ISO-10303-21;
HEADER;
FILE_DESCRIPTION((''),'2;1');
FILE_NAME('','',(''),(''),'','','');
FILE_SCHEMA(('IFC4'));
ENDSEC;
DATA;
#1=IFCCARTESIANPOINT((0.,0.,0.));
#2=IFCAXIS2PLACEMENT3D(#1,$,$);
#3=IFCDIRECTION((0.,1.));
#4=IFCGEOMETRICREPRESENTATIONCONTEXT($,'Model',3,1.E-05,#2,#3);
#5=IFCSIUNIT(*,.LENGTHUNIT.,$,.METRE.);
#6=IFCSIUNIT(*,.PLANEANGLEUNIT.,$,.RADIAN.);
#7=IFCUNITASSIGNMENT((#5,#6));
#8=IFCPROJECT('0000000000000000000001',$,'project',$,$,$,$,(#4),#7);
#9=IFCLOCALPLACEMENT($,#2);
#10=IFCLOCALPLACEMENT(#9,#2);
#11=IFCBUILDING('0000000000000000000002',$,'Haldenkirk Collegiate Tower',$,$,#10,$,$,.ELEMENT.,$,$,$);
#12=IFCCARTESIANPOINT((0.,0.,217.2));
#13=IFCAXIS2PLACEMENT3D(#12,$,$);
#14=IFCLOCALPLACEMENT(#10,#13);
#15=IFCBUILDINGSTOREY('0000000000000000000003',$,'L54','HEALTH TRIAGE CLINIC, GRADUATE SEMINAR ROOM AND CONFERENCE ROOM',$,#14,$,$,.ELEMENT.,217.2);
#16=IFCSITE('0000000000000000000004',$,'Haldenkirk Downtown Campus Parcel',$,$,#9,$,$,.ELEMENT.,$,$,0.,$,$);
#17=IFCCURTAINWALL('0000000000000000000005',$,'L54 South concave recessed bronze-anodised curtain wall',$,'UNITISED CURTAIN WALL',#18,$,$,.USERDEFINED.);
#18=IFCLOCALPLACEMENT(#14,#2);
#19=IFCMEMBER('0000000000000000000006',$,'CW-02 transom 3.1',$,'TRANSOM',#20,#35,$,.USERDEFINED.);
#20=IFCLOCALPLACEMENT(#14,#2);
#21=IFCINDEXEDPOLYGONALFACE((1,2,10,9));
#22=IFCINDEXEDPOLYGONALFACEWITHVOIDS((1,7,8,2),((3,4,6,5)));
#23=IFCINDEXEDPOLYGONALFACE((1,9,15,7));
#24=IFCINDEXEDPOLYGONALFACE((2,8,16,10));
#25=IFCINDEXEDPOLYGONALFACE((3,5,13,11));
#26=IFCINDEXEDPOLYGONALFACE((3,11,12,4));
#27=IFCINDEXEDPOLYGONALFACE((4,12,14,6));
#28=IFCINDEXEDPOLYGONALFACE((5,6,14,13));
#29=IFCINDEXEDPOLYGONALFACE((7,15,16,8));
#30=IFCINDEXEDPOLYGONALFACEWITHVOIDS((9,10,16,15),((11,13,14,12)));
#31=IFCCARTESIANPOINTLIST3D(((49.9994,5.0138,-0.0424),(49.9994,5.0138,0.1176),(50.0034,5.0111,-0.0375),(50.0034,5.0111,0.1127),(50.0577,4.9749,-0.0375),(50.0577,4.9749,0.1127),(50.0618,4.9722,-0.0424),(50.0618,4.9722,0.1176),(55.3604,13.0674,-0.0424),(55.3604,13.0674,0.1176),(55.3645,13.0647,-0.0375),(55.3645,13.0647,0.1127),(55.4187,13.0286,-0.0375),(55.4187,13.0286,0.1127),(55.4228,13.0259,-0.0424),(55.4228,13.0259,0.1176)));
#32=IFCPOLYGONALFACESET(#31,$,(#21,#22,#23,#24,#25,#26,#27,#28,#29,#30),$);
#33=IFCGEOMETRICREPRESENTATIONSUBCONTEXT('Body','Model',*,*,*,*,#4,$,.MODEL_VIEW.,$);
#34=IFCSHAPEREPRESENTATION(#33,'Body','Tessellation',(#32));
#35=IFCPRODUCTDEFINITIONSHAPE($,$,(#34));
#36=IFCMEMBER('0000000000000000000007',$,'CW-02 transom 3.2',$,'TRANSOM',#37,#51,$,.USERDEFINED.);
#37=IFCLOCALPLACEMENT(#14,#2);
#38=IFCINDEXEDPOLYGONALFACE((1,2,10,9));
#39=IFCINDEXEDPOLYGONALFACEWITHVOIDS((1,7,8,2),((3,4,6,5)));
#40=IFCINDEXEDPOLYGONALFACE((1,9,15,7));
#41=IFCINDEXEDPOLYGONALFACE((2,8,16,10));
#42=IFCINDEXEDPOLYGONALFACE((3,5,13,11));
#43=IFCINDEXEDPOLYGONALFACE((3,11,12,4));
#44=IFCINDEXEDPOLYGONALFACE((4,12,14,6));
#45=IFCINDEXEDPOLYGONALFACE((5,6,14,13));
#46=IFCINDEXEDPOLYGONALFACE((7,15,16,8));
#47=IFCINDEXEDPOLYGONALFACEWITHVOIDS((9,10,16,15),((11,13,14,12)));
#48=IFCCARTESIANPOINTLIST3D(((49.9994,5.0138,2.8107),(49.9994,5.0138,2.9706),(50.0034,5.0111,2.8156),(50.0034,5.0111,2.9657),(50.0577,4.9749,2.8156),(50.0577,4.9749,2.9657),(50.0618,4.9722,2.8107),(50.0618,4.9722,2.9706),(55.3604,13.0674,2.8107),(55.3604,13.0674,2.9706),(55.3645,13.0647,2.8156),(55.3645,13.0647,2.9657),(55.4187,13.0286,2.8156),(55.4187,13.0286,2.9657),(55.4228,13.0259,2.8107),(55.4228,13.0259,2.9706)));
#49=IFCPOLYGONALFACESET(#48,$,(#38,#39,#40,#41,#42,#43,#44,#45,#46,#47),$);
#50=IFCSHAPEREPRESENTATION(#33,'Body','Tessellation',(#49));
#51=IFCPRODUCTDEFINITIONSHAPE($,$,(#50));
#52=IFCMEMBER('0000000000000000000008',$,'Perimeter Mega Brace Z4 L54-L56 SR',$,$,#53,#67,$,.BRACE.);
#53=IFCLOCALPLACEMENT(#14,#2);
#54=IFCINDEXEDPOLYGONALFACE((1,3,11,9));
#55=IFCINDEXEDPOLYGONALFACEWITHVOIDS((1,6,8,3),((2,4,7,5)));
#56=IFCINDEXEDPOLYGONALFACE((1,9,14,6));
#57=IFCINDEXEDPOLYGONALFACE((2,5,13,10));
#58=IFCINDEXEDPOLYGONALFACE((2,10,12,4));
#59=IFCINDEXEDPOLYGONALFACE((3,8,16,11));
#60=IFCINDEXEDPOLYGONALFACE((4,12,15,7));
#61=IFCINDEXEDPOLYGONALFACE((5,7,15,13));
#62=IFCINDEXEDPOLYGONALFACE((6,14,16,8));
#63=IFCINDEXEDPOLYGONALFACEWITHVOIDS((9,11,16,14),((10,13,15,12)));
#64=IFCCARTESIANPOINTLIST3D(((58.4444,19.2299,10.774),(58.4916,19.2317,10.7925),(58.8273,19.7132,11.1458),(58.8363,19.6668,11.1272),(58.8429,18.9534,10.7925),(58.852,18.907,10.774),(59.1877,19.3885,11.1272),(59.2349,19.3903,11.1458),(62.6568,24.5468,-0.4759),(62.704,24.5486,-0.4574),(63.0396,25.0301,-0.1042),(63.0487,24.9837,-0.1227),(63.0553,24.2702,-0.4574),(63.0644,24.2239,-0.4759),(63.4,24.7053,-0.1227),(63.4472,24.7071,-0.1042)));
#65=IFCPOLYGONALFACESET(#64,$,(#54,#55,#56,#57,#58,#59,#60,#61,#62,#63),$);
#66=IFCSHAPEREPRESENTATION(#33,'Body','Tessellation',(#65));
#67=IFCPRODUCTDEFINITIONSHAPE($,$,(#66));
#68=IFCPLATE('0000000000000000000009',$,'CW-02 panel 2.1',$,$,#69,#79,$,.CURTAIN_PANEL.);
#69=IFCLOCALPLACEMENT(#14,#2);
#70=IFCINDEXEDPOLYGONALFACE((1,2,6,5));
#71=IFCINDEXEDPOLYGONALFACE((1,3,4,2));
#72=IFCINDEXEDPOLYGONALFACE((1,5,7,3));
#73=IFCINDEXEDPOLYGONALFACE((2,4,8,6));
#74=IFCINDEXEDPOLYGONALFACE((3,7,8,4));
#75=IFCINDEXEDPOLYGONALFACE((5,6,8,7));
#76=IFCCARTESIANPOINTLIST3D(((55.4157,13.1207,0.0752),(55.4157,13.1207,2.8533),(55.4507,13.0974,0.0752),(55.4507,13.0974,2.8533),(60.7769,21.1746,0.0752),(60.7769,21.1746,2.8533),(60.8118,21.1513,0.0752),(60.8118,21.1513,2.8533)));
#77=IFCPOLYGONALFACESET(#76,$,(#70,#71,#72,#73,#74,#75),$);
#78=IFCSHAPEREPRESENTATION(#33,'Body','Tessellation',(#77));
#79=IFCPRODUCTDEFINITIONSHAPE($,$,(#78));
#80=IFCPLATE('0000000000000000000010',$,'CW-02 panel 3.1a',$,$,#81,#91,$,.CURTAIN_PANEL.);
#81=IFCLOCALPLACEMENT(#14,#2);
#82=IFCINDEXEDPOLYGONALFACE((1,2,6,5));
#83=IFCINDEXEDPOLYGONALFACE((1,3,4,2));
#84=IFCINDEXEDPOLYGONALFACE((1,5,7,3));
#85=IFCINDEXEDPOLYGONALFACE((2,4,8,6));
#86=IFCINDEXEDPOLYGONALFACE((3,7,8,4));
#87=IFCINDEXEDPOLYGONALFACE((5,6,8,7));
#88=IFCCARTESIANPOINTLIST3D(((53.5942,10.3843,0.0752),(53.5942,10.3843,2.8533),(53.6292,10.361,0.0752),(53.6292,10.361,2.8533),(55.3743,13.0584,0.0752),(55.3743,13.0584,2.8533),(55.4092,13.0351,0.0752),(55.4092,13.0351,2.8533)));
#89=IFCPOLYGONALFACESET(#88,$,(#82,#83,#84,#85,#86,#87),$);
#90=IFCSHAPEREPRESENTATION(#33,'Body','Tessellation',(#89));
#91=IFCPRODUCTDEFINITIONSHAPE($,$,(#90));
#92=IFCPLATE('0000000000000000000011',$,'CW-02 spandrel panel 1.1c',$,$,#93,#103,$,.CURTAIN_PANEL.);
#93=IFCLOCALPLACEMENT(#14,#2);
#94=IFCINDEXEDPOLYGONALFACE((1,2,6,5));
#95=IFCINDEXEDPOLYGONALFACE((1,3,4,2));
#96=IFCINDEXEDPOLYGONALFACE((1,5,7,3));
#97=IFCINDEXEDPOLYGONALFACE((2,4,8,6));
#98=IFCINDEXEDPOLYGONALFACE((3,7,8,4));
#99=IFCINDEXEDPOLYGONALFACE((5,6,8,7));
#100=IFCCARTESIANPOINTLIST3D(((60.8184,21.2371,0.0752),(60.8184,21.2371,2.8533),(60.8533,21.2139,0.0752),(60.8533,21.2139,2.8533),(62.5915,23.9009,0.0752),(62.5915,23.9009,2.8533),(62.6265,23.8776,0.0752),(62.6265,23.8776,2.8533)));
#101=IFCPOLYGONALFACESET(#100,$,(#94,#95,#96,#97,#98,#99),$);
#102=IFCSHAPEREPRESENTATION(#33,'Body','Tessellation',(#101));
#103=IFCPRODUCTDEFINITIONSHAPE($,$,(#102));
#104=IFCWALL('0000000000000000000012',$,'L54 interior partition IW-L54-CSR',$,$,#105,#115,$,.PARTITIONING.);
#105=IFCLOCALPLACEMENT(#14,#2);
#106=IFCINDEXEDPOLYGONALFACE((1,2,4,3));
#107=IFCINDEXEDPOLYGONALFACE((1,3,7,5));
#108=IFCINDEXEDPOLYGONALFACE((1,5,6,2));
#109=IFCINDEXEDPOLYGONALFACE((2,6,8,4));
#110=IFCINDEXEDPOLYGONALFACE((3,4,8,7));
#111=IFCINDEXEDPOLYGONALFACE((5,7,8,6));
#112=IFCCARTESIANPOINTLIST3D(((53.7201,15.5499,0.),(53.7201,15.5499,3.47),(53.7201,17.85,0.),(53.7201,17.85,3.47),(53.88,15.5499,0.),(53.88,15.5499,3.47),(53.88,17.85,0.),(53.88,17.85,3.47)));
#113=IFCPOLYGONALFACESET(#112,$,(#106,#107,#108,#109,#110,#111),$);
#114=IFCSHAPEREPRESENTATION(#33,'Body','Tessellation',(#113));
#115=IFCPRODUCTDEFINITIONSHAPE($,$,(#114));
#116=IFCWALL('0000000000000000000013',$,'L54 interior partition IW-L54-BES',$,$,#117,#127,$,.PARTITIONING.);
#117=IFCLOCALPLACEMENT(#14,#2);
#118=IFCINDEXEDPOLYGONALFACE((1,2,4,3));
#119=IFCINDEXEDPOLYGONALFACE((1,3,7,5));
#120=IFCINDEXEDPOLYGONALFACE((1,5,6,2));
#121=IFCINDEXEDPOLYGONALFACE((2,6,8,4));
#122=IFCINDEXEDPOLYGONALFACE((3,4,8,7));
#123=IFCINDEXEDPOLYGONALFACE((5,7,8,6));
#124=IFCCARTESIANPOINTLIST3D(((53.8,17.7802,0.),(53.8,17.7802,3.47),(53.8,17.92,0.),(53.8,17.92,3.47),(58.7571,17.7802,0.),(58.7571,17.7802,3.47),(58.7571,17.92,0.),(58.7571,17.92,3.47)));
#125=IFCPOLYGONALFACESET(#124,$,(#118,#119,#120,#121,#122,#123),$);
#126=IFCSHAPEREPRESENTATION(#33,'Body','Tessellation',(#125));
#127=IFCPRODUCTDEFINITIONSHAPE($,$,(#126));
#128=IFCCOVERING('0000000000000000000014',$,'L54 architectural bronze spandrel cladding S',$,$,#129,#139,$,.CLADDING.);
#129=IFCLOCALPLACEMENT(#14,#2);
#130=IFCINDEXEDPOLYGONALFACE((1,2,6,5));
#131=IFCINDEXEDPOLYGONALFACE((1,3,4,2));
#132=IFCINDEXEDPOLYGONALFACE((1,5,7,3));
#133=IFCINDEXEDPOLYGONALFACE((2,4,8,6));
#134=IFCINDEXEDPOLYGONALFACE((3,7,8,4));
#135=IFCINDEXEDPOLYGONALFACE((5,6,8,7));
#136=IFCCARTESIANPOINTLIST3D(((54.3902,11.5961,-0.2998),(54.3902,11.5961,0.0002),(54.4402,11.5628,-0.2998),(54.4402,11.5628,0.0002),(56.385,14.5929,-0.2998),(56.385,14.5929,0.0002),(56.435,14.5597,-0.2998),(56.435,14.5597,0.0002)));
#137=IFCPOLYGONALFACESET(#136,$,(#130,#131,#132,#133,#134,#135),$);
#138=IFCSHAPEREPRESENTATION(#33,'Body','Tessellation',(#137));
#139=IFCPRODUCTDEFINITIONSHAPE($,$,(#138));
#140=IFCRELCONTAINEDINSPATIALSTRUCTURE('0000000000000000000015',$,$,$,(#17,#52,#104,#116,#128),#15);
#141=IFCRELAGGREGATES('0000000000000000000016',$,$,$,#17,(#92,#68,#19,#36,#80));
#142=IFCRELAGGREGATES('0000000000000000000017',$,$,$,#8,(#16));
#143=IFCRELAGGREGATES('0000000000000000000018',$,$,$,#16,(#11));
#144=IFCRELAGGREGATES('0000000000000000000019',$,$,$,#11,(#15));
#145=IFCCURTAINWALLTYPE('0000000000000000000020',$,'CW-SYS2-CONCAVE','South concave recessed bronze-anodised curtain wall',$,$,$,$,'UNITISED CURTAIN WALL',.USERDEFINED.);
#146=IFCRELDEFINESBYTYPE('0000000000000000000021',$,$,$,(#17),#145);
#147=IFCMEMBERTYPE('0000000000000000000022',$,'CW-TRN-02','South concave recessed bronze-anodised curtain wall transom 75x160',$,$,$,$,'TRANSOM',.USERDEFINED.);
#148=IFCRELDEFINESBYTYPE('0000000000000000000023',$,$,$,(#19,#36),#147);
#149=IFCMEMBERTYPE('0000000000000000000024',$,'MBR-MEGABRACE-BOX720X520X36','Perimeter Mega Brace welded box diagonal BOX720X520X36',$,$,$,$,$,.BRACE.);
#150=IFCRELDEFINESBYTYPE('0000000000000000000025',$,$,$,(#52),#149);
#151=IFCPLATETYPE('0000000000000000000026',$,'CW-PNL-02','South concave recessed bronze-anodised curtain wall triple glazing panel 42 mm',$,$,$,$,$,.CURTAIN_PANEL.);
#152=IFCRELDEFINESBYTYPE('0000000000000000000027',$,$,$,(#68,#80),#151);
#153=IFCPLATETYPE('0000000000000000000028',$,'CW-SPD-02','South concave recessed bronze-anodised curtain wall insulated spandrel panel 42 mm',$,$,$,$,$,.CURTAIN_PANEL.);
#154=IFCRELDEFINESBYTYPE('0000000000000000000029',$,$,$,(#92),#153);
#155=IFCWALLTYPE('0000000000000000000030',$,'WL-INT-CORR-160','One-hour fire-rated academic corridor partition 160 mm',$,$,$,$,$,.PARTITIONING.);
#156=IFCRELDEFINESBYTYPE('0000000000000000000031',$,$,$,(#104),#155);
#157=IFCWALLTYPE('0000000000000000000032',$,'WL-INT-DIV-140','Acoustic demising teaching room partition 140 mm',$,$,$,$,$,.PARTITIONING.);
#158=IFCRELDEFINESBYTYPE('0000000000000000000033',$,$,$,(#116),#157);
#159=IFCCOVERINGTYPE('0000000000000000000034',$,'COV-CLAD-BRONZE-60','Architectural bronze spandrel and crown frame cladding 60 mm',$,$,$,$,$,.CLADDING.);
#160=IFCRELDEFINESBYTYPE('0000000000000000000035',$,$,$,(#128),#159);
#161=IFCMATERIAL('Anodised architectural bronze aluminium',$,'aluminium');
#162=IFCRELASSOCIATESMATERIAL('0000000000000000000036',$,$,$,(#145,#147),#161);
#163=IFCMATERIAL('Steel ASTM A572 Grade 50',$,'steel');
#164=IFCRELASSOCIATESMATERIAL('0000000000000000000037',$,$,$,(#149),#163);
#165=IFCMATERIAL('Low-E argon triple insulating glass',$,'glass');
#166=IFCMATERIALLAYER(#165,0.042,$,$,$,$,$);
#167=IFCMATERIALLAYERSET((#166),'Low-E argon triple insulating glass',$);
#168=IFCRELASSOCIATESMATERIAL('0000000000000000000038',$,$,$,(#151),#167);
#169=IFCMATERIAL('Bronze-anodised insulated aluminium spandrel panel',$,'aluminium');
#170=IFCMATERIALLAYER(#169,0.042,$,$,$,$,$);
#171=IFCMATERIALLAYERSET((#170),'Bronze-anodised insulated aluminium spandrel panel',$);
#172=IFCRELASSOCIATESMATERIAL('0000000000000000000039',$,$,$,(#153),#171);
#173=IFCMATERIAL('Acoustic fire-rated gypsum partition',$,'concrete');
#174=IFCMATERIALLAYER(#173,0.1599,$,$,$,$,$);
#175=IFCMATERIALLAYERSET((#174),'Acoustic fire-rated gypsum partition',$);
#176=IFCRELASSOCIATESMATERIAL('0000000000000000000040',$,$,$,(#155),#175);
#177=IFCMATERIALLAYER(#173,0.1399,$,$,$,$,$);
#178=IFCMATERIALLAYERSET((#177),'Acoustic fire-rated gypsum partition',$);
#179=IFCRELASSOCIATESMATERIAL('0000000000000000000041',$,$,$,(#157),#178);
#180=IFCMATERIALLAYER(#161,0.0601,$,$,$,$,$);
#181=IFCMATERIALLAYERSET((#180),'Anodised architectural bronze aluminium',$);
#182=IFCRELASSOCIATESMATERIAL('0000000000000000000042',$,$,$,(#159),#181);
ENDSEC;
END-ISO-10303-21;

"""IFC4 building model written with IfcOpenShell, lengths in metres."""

from ifc_helpers import new_model, si_unit, direction, frame, frame_2d, origin, origin_2d, place, context, subcontext, project, spatial, rectangle, hollow_rectangle, extrude, source, transform, mapped, material, layer, layer_set, material_profile, profile_set, type_object, element, aggregate, save


model = new_model("IFC4")

# Units and contexts
model_context = context("Model", 3, precision=1e-05, world=origin(), true_north=direction((0.0, 1.0)))
body_context = subcontext(model_context, "Body", "Model", "MODEL_VIEW")
ifc_project = project(units=[si_unit("LENGTHUNIT", "METRE"), si_unit("PLANEANGLEUNIT", "RADIAN")], contexts=[model_context])

# Site, building, storey
site_placement = place(None, origin())
site = spatial("IfcSite", under=ifc_project, at=site_placement, Name="Haldenkirk Downtown Campus Parcel", CompositionType="ELEMENT", RefElevation=0.0)
building_placement = place(site_placement, origin())
building = spatial("IfcBuilding", under=site, at=building_placement, Name="Haldenkirk Collegiate Tower", CompositionType="ELEMENT")
storey_placement = place(building_placement, frame((0.0, 0.0, 217.2)))
storey = spatial("IfcBuildingStorey", under=building, at=storey_placement, Name="L54", Description="HEALTH TRIAGE CLINIC, GRADUATE SEMINAR ROOM AND CONFERENCE ROOM", CompositionType="ELEMENT", Elevation=217.2)

# Curtain wall, members
ifc_material_1 = material(Name="Anodised architectural bronze aluminium", Category="aluminium")
curtain_wall_type = type_object("IfcCurtainWallType", Name="CW-SYS2-CONCAVE", Description="South concave recessed bronze-anodised curtain wall", ElementType="UNITISED CURTAIN WALL", PredefinedType="USERDEFINED", material=ifc_material_1)
curtain_wall_placement = place(storey_placement, origin())
curtain_wall = element("IfcCurtainWall", 1, at=curtain_wall_placement, inside=storey, type_object=curtain_wall_type, Name="L54 South concave recessed bronze-anodised curtain wall", ObjectType="UNITISED CURTAIN WALL", PredefinedType="USERDEFINED")
ifc_material_profile_1 = material_profile(ifc_material_1, hollow_rectangle(XDim=0.075, YDim=0.1599, WallThickness=0.0049, at=origin_2d()), Name="CW-TRN-02")
ifc_profile_set_1 = profile_set([ifc_material_profile_1], Name="Anodised architectural bronze aluminium")
member_type_1 = type_object("IfcMemberType", Name="CW-TRN-02", Description="South concave recessed bronze-anodised curtain wall transom 75x160", ElementType="TRANSOM", PredefinedType="USERDEFINED", material=ifc_profile_set_1)
member_1_placement = place(storey_placement, frame((55.3916, 13.0466, 0.0376), z_axis=(-0.554124, -0.832434, 0.0), x_axis=(0.832434, -0.554124, 0.0)))
member_1 = element("IfcMember", 2, at=member_1_placement, type_object=member_type_1, Name="CW-02 transom 3.1", ObjectType="TRANSOM", PredefinedType="USERDEFINED", context=body_context, shape_type="SweptSolid", body=[
    extrude(hollow_rectangle(XDim=0.075, YDim=0.1599, WallThickness=0.0049, at=origin_2d()), origin(), (0.0, 0.0, 1.0), 9.6748),
])
member_2_placement = place(storey_placement, frame((55.3916, 13.0466, 2.8906), z_axis=(-0.554124, -0.832434, 0.0), x_axis=(0.832434, -0.554124, 0.0)))
member_2 = element("IfcMember", 3, at=member_2_placement, type_object=member_type_1, Name="CW-02 transom 3.2", ObjectType="TRANSOM", PredefinedType="USERDEFINED", context=body_context, shape_type="SweptSolid", body=[
    extrude(hollow_rectangle(XDim=0.075, YDim=0.1599, WallThickness=0.0049, at=origin_2d()), origin(), (0.0, 0.0, 1.0), 9.6748),
])

# Member
ifc_material_2 = material(Name="Steel ASTM A572 Grade 50", Category="steel")
ifc_material_profile_2 = material_profile(ifc_material_2, hollow_rectangle(XDim=0.52, YDim=0.72, WallThickness=0.0359, at=origin_2d()), Name="BOX720X520X36")
ifc_profile_set_2 = profile_set([ifc_material_profile_2], Name="Steel ASTM A572 Grade 50")
member_type_2 = type_object("IfcMemberType", Name="MBR-MEGABRACE-BOX720X520X36", Description="Perimeter Mega Brace welded box diagonal BOX720X520X36", PredefinedType="BRACE", material=ifc_profile_set_2)
member_3_placement = place(storey_placement, frame((63.052, 24.627, -0.29), z_axis=(-0.320656, -0.404732, 0.856371), x_axis=(0.783817, -0.620992, 0.0)))
element("IfcMember", 4, at=member_3_placement, inside=storey, type_object=member_type_2, Name="Perimeter Mega Brace Z4 L54-L56 SR", PredefinedType="BRACE", context=body_context, shape_type="SweptSolid", body=[
    extrude(hollow_rectangle(XDim=0.52, YDim=0.72, WallThickness=0.0359, at=origin_2d()), origin(), (0.0, 0.0, 1.0), 13.1367),
])

# Plates
ifc_material_3 = material(Name="Low-E argon triple insulating glass", Category="glass")
ifc_layer_1 = layer(ifc_material_3, 0.042)
ifc_layer_set_1 = layer_set([ifc_layer_1], Name="Low-E argon triple insulating glass")
plate_type_1 = type_object("IfcPlateType", Name="CW-PNL-02", Description="South concave recessed bronze-anodised curtain wall triple glazing panel 42 mm", PredefinedType="CURTAIN_PANEL", material=ifc_layer_set_1)
shared_shape_1 = source(origin(), body_context, "Body", "SweptSolid", [
    extrude(rectangle(XDim=9.675, YDim=0.042, at=origin_2d()), origin(), (0.0, 0.0, 1.0), 2.7781),
])
plate_1_placement = place(storey_placement, frame((58.1138, 17.136, 0.0752), z_axis=(0.0, 0.0, 1.0), x_axis=(-0.554118, -0.832438, 0.0)))
plate_1 = element("IfcPlate", 5, at=plate_1_placement, type_object=plate_type_1, Name="CW-02 panel 2.1", PredefinedType="CURTAIN_PANEL", context=body_context, shape_type="MappedRepresentation", body=[
    mapped(shared_shape_1, transform((0.0, 0.0, 0.0), x_axis=(1.0, 0.0, 0.0), y_axis=(0.0, 1.0, 0.0), z_axis=(0.0, 0.0, 1.0), scale=1.0)),
])
shared_shape_2 = source(origin(), body_context, "Body", "SweptSolid", [
    extrude(rectangle(XDim=3.2124, YDim=0.042, at=origin_2d()), origin(), (0.0, 0.0, 1.0), 2.7781),
])
plate_2_placement = place(storey_placement, frame((54.5017, 11.7097, 0.0752), z_axis=(0.0, 0.0, 1.0), x_axis=(-0.554118, -0.832438, 0.0)))
plate_2 = element("IfcPlate", 6, at=plate_2_placement, type_object=plate_type_1, Name="CW-02 panel 3.1a", PredefinedType="CURTAIN_PANEL", context=body_context, shape_type="MappedRepresentation", body=[
    mapped(shared_shape_2, transform((0.0, 0.0, 0.0), x_axis=(1.0, 0.0, 0.0), y_axis=(0.0, 1.0, 0.0), z_axis=(0.0, 0.0, 1.0), scale=1.0)),
])
ifc_material_4 = material(Name="Bronze-anodised insulated aluminium spandrel panel", Category="aluminium")
ifc_layer_2 = layer(ifc_material_4, 0.042)
ifc_layer_set_2 = layer_set([ifc_layer_2], Name="Bronze-anodised insulated aluminium spandrel panel")
plate_type_2 = type_object("IfcPlateType", Name="CW-SPD-02", Description="South concave recessed bronze-anodised curtain wall insulated spandrel panel 42 mm", PredefinedType="CURTAIN_PANEL", material=ifc_layer_set_2)
shared_shape_3 = source(origin(), body_context, "Body", "SweptSolid", [
    extrude(rectangle(XDim=3.2, YDim=0.042, at=origin_2d()), origin(), (0.0, 0.0, 1.0), 2.7781),
])
plate_3_placement = place(storey_placement, frame((61.7224, 22.5574, 0.0752), z_axis=(0.0, 0.0, 1.0), x_axis=(-0.554118, -0.832438, 0.0)))
plate_3 = element("IfcPlate", 7, at=plate_3_placement, type_object=plate_type_2, Name="CW-02 spandrel panel 1.1c", PredefinedType="CURTAIN_PANEL", context=body_context, shape_type="MappedRepresentation", body=[
    mapped(shared_shape_3, transform((0.0, 0.0, 0.0), x_axis=(1.0, 0.0, 0.0), y_axis=(0.0, 1.0, 0.0), z_axis=(0.0, 0.0, 1.0), scale=1.0)),
])
aggregate(curtain_wall, [plate_3, plate_1, member_1, member_2, plate_2])

# Walls
ifc_material_5 = material(Name="Acoustic fire-rated gypsum partition", Category="concrete")
ifc_layer_3 = layer(ifc_material_5, 0.1599)
ifc_layer_set_3 = layer_set([ifc_layer_3], Name="Acoustic fire-rated gypsum partition")
wall_type_1 = type_object("IfcWallType", Name="WL-INT-CORR-160", Description="One-hour fire-rated academic corridor partition 160 mm", PredefinedType="PARTITIONING", material=ifc_layer_set_3)
wall_1_placement = place(storey_placement, frame((53.8, 15.55, 0.0), z_axis=(0.0, 0.0, 1.0), x_axis=(0.0, 1.0, 0.0)))
element("IfcWall", 8, at=wall_1_placement, inside=storey, type_object=wall_type_1, Name="L54 interior partition IW-L54-CSR", PredefinedType="PARTITIONING", context=body_context, shape_type="SweptSolid", body=[
    extrude(rectangle(XDim=2.3, YDim=0.1599, at=frame_2d((1.1499, 0.0))), origin(), (0.0, 0.0, 1.0), 3.47),
])
ifc_layer_4 = layer(ifc_material_5, 0.1399)
ifc_layer_set_4 = layer_set([ifc_layer_4], Name="Acoustic fire-rated gypsum partition")
wall_type_2 = type_object("IfcWallType", Name="WL-INT-DIV-140", Description="Acoustic demising teaching room partition 140 mm", PredefinedType="PARTITIONING", material=ifc_layer_set_4)
wall_2_placement = place(storey_placement, frame((53.8, 17.8501, 0.0), z_axis=(0.0, 0.0, 1.0), x_axis=(1.0, 0.0, 0.0)))
element("IfcWall", 9, at=wall_2_placement, inside=storey, type_object=wall_type_2, Name="L54 interior partition IW-L54-BES", PredefinedType="PARTITIONING", context=body_context, shape_type="SweptSolid", body=[
    extrude(rectangle(XDim=4.957, YDim=0.1399, at=frame_2d((2.4785, 0.0))), origin(), (0.0, 0.0, 1.0), 3.47),
])

# Covering
ifc_layer_5 = layer(ifc_material_1, 0.0601)
ifc_layer_set_5 = layer_set([ifc_layer_5], Name="Anodised architectural bronze aluminium")
covering_type = type_object("IfcCoveringType", Name="COV-CLAD-BRONZE-60", Description="Architectural bronze spandrel and crown frame cladding 60 mm", PredefinedType="CLADDING", material=ifc_layer_set_5)
shared_shape_4 = source(origin(), body_context, "Body", "SweptSolid", [
    extrude(rectangle(XDim=3.6001, YDim=0.0601, at=origin_2d()), origin(), (0.0, 0.0, 1.0), 0.3),
])
covering_placement = place(storey_placement, frame((55.4126, 13.0779, -0.2998), z_axis=(0.0, 0.0, 1.0), x_axis=(-0.554118, -0.832438, 0.0)))
element("IfcCovering", 10, at=covering_placement, inside=storey, type_object=covering_type, Name="L54 architectural bronze spandrel cladding S", PredefinedType="CLADDING", context=body_context, shape_type="MappedRepresentation", body=[
    mapped(shared_shape_4, transform((0.0, 0.0, 0.0), x_axis=(1.0, 0.0, 0.0), y_axis=(0.0, 1.0, 0.0), z_axis=(0.0, 0.0, 1.0), scale=1.0)),
])

save(model, "model.ifc")
